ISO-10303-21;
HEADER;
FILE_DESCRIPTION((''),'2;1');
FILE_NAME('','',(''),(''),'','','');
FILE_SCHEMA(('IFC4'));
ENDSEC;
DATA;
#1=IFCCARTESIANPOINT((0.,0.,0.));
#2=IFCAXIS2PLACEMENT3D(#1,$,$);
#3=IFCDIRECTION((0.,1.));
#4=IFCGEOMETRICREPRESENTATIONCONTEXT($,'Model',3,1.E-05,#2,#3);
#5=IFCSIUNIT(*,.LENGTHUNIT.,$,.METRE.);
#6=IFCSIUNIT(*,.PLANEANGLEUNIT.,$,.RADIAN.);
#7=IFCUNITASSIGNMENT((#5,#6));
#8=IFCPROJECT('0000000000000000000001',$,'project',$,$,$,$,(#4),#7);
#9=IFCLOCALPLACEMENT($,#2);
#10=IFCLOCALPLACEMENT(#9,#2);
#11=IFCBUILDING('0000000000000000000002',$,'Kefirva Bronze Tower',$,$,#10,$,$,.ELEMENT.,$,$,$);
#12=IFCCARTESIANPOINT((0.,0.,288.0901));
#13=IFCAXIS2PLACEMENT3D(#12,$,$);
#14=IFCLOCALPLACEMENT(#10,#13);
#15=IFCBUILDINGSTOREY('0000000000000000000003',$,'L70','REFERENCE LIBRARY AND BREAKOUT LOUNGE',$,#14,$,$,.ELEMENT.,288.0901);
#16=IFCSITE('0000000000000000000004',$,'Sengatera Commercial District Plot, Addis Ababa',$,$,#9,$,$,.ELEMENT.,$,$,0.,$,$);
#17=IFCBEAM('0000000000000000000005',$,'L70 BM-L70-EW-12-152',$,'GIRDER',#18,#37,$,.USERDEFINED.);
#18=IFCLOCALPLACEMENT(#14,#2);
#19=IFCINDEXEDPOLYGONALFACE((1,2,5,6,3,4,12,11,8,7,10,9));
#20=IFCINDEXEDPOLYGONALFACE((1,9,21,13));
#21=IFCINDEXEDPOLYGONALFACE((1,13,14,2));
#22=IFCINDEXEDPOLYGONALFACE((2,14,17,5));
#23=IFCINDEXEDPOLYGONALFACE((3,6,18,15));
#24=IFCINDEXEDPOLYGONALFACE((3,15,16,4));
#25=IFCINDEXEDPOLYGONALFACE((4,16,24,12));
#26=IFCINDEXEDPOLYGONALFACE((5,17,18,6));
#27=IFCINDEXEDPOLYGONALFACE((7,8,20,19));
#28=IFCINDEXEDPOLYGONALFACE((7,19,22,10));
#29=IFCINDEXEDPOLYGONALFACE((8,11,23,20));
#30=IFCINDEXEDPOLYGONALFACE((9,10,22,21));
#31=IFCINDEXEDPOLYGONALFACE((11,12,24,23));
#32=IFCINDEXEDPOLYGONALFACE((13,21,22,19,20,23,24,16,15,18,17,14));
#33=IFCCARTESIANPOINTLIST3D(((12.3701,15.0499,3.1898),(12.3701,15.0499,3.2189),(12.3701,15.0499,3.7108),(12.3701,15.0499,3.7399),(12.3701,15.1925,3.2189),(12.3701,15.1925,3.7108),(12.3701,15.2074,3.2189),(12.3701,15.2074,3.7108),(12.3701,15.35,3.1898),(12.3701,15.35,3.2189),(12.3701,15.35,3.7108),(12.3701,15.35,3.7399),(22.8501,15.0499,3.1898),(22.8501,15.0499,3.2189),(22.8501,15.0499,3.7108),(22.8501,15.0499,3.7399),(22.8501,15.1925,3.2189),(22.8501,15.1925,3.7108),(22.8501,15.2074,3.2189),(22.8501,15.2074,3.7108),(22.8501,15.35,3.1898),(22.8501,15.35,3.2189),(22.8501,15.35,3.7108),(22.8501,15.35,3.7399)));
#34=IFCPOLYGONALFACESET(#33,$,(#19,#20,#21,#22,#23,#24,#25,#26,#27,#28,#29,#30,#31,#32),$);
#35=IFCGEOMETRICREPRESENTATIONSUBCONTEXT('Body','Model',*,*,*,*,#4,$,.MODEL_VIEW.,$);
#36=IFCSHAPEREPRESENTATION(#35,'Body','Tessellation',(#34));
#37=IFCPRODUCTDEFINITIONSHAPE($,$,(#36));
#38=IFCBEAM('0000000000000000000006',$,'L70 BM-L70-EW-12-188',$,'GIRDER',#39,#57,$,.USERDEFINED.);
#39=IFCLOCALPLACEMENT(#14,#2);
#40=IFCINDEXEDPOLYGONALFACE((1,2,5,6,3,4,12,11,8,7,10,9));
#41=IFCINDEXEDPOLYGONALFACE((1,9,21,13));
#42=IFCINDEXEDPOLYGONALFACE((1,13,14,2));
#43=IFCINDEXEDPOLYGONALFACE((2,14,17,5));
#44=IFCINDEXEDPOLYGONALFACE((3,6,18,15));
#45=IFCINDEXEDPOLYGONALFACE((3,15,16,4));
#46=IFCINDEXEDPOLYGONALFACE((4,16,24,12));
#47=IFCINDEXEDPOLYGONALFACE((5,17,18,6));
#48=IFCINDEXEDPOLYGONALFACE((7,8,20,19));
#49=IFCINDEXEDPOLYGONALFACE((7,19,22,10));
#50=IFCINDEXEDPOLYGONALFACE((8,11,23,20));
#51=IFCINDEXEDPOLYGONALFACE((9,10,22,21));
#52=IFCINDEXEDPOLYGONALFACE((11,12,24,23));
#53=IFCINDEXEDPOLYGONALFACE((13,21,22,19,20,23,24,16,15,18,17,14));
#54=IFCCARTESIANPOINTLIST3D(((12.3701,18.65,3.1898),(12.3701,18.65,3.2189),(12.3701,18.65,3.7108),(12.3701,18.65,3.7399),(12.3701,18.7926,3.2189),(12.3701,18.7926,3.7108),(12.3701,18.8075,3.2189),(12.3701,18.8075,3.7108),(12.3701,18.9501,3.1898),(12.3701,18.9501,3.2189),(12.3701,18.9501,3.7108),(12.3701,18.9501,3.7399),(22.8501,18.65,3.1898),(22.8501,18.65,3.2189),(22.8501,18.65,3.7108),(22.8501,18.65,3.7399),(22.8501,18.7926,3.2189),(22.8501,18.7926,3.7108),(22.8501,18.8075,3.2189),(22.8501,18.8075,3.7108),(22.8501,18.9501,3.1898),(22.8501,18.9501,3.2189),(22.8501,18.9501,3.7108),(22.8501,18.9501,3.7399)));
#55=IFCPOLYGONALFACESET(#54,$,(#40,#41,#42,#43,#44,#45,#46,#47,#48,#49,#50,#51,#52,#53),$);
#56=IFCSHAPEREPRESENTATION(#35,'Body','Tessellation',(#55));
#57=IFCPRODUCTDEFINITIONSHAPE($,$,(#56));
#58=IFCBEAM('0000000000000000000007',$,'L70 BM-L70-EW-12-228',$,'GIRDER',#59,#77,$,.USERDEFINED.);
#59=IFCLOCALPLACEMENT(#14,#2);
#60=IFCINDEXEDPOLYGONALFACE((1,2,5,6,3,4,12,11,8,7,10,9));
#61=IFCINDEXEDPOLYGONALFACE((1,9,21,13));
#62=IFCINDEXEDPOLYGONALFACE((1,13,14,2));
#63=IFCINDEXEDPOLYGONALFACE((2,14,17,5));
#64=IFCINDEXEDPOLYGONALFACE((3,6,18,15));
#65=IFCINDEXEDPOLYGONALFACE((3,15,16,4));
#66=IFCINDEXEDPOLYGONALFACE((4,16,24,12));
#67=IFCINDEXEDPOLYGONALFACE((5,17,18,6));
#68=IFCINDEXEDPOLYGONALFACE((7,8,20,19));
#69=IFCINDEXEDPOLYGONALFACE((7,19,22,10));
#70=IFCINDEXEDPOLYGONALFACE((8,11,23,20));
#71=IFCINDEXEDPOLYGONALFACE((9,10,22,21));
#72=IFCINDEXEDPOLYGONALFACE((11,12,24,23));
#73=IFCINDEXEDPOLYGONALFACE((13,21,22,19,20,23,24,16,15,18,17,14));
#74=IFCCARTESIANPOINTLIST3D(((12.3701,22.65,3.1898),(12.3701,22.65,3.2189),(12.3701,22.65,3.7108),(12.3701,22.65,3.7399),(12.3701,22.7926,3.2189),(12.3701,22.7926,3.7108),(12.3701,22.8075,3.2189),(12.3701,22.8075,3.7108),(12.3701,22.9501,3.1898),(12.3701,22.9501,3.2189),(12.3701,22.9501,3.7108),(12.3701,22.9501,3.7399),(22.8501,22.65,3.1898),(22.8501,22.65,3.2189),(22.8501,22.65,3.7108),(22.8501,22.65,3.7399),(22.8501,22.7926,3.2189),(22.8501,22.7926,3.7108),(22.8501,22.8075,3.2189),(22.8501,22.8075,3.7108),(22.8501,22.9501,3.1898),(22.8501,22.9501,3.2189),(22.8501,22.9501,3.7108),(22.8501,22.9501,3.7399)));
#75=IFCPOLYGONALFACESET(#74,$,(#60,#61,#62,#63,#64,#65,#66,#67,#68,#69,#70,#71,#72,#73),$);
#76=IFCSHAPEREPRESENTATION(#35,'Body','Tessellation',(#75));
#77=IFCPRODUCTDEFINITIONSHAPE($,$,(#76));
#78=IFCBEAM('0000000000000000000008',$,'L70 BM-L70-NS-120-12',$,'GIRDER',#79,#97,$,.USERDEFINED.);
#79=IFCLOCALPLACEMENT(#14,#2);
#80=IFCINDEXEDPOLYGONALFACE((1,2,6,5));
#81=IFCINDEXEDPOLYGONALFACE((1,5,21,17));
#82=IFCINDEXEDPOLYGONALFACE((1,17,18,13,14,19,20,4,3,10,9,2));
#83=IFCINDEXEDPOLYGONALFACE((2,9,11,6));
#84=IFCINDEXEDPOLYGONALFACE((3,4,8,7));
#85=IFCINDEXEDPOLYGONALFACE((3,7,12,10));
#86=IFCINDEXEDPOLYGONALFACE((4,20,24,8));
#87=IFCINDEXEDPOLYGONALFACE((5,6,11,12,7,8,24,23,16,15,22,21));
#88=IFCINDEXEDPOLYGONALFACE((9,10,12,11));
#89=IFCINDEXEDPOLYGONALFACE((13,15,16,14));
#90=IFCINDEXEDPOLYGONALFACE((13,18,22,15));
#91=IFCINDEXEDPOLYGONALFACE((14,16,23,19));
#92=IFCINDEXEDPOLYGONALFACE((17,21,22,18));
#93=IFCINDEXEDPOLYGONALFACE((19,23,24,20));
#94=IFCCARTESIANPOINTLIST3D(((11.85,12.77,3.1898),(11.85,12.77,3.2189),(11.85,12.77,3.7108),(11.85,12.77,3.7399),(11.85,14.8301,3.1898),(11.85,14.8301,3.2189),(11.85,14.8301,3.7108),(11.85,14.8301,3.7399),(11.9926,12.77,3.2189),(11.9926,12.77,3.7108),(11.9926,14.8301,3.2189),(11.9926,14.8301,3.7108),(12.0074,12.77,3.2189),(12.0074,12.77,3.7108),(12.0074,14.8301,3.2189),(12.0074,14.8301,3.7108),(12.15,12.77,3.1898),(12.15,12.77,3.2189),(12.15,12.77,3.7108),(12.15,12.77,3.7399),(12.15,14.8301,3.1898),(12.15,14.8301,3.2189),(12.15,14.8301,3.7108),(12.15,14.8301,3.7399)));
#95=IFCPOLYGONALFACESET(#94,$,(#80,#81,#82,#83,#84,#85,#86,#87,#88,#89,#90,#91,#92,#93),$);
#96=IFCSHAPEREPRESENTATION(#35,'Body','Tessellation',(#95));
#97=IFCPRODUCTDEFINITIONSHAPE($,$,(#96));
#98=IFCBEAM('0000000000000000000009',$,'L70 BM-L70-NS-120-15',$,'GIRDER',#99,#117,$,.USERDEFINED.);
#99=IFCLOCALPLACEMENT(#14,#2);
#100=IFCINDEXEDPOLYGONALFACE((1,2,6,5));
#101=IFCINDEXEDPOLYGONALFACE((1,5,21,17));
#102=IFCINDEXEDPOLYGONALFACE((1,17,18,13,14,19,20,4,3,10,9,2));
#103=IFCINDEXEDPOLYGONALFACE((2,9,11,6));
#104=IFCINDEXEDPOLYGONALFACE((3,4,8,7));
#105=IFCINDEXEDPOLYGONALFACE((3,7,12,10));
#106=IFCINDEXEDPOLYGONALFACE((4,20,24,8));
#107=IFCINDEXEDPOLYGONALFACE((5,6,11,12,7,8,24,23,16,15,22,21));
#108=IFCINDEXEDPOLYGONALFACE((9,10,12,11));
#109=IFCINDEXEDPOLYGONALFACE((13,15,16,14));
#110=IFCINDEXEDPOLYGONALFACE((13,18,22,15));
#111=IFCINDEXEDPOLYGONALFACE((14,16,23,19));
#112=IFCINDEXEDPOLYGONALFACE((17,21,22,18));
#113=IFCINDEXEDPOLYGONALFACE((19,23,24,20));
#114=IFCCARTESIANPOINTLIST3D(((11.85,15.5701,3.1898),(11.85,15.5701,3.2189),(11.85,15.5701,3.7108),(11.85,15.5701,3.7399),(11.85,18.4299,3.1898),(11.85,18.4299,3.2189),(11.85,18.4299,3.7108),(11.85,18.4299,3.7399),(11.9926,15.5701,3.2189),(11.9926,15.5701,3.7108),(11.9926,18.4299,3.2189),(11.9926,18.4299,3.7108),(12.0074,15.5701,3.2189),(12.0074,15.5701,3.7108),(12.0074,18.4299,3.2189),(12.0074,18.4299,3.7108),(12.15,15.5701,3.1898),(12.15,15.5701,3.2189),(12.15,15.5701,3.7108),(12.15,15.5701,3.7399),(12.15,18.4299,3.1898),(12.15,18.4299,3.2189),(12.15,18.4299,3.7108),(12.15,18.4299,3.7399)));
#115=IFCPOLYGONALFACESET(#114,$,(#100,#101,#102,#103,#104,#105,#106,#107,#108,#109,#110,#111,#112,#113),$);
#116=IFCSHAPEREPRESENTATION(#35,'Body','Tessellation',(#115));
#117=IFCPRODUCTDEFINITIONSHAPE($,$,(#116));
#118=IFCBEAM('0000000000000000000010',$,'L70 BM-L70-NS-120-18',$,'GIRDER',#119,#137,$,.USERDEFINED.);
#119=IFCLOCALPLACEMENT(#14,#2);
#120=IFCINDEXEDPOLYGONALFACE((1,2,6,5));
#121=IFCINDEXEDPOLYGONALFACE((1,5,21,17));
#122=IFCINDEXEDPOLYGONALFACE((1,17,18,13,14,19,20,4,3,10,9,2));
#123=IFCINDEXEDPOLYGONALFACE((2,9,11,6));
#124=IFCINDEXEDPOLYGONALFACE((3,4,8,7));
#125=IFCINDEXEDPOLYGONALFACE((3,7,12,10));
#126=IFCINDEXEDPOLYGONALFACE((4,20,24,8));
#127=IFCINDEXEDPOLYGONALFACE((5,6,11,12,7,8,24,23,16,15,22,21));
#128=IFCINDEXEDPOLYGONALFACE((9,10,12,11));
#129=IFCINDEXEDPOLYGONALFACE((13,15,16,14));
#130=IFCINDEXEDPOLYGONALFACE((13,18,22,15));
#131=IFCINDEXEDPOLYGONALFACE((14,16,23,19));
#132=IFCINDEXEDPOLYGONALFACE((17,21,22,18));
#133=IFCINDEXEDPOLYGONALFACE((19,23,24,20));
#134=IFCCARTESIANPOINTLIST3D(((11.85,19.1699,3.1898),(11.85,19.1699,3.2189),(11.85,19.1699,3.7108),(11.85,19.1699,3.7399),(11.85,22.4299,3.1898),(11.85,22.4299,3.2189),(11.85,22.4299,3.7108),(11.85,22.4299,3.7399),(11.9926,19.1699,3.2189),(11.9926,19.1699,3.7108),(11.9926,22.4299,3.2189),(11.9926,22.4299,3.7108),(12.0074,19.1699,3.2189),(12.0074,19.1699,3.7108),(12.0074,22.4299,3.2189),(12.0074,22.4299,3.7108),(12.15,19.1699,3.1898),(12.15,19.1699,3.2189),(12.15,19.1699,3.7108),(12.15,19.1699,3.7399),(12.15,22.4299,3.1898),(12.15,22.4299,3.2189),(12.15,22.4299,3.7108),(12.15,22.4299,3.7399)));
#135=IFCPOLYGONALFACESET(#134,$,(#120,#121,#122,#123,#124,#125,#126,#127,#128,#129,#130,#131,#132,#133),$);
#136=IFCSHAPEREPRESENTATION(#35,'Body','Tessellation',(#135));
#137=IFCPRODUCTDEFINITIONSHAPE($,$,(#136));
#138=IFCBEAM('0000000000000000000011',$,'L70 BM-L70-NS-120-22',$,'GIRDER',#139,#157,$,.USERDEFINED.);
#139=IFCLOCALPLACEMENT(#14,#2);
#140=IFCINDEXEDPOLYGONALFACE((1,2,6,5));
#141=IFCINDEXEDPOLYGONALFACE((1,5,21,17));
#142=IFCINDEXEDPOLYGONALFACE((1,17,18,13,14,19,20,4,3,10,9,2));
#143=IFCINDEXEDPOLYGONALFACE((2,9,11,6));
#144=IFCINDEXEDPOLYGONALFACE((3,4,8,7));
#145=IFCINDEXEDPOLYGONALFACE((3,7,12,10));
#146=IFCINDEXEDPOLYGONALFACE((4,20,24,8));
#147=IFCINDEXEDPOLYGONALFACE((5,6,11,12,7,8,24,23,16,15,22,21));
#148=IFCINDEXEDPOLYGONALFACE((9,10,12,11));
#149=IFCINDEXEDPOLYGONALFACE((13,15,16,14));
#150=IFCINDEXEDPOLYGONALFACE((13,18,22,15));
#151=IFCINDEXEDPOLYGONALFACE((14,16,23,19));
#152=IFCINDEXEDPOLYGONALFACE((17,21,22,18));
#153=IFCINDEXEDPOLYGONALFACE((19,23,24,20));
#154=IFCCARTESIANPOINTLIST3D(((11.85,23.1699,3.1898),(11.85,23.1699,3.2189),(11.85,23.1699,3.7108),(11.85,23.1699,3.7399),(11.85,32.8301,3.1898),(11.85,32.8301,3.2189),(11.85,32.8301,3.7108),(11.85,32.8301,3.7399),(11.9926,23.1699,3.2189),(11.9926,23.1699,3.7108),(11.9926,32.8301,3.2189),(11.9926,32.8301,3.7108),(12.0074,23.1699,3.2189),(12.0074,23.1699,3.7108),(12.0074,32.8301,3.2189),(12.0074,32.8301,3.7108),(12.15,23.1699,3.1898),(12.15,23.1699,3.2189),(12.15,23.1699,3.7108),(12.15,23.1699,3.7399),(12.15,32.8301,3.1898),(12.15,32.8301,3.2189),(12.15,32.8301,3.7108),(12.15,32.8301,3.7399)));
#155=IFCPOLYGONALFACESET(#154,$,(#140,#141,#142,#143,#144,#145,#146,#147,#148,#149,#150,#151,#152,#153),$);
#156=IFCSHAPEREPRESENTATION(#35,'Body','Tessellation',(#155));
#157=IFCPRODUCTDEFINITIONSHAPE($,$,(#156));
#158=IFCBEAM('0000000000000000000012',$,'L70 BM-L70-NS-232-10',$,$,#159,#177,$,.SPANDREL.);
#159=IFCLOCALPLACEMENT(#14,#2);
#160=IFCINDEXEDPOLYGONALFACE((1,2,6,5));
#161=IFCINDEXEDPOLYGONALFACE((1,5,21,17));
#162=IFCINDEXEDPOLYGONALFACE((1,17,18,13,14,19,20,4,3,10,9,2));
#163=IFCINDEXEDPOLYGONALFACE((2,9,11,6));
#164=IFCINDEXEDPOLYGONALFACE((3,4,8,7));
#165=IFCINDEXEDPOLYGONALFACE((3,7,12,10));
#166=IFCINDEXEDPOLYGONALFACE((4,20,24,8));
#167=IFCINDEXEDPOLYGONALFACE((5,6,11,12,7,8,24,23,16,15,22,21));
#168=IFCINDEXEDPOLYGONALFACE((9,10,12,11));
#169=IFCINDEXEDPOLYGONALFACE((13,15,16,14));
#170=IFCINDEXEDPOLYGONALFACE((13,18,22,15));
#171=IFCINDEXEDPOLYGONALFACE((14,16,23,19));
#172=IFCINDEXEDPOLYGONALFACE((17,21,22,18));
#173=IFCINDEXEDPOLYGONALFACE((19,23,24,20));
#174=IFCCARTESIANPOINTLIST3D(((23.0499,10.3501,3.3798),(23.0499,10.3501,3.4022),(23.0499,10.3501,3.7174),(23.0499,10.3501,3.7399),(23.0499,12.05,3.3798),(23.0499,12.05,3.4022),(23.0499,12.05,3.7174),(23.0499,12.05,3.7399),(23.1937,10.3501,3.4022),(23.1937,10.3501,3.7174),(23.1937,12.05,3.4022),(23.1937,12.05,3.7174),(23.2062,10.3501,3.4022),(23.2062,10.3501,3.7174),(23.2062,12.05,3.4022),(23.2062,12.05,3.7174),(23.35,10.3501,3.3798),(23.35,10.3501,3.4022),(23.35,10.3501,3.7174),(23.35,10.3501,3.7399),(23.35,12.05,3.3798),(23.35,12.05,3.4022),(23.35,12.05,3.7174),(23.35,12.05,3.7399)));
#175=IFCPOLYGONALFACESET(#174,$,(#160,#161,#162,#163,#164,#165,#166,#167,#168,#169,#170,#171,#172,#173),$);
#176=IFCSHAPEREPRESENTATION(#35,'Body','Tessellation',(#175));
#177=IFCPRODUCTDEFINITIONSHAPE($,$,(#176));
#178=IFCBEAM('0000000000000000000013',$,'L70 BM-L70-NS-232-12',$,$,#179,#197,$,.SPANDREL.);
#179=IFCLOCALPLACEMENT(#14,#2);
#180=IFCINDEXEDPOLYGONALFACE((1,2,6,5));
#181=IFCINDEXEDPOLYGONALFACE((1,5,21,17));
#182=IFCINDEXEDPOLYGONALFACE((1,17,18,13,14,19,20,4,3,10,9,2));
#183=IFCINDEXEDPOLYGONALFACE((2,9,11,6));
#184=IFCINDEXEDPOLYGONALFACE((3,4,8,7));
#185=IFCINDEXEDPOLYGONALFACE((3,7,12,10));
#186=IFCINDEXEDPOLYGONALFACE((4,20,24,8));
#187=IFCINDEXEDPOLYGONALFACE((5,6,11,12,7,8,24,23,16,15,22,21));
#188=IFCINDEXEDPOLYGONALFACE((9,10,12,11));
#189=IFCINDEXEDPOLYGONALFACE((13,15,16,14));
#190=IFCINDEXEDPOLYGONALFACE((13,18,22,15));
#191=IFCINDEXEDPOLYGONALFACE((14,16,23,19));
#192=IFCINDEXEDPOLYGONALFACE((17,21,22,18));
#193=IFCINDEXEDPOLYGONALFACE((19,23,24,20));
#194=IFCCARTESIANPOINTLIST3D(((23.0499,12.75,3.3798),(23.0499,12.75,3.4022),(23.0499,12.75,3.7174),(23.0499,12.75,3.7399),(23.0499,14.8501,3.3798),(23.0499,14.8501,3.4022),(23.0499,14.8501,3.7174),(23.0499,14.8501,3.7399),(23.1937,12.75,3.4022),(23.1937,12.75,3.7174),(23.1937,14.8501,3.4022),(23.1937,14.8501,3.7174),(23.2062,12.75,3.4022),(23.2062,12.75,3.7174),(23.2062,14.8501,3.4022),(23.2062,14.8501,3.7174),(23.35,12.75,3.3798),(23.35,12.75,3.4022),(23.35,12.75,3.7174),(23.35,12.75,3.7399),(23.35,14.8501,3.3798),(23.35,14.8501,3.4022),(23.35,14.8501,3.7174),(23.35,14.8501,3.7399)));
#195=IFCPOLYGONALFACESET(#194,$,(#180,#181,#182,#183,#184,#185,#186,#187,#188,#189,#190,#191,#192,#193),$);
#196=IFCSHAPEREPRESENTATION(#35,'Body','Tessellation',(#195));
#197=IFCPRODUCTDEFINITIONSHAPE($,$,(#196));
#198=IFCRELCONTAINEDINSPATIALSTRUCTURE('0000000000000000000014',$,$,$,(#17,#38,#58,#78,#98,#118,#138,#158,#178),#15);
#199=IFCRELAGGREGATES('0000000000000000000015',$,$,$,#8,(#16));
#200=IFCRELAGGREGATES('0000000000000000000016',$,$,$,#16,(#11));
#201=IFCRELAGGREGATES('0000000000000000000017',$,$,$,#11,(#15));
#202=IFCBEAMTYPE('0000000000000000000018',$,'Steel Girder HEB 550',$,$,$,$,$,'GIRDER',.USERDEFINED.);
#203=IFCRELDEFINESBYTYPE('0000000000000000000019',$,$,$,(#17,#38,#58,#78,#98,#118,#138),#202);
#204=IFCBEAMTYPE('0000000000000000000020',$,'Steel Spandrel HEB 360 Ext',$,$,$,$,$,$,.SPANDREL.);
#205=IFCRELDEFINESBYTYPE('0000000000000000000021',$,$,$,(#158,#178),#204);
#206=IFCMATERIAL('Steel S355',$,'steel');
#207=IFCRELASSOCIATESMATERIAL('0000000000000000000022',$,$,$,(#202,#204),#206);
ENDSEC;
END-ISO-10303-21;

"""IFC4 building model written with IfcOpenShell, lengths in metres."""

from ifc_helpers import new_model, si_unit, direction, frame, origin, origin_2d, place, context, subcontext, project, spatial, i_section, extrude, material, material_profile, profile_set, type_object, element, save


model = new_model("IFC4")

# Units and contexts
model_context = context("Model", 3, precision=1e-05, world=origin(), true_north=direction((0.0, 1.0)))
body_context = subcontext(model_context, "Body", "Model", "MODEL_VIEW")
ifc_project = project(units=[si_unit("LENGTHUNIT", "METRE"), si_unit("PLANEANGLEUNIT", "RADIAN")], contexts=[model_context])

# Site, building, storey
site_placement = place(None, origin())
site = spatial("IfcSite", under=ifc_project, at=site_placement, Name="Sengatera Commercial District Plot, Addis Ababa", CompositionType="ELEMENT", RefElevation=0.0)
building_placement = place(site_placement, origin())
building = spatial("IfcBuilding", under=site, at=building_placement, Name="Kefirva Bronze Tower", CompositionType="ELEMENT")
storey_placement = place(building_placement, frame((0.0, 0.0, 288.0901)))
storey = spatial("IfcBuildingStorey", under=building, at=storey_placement, Name="L70", Description="REFERENCE LIBRARY AND BREAKOUT LOUNGE", CompositionType="ELEMENT", Elevation=288.0901)

# Beams
ifc_material_1 = material(Name="Steel S355", Category="steel")
ifc_material_profile_1 = material_profile(ifc_material_1, i_section(OverallWidth=0.3, OverallDepth=0.55, WebThickness=0.0149, FlangeThickness=0.0291, at=origin_2d()), Name="HEB 550")
ifc_profile_set_1 = profile_set([ifc_material_profile_1], Name="Steel S355")
beam_type_1 = type_object("IfcBeamType", Name="Steel Girder HEB 550", ElementType="GIRDER", PredefinedType="USERDEFINED", material=ifc_profile_set_1)
for number, where, z_axis, x_axis, name in (
    (1, (12.3701, 15.2, 3.4648), (1.0, 0.0, 0.0), (0.0, 1.0, 0.0), "L70 BM-L70-EW-12-152"),
    (2, (12.3701, 18.8, 3.4648), (1.0, 0.0, 0.0), (0.0, 1.0, 0.0), "L70 BM-L70-EW-12-188"),
    (3, (12.3701, 22.8, 3.4648), (1.0, 0.0, 0.0), (0.0, 1.0, 0.0), "L70 BM-L70-EW-12-228"),
):
    element("IfcBeam", number, at=place(storey_placement, frame(where, z_axis=z_axis, x_axis=x_axis)), inside=storey, type_object=beam_type_1, Name=name, ObjectType="GIRDER", PredefinedType="USERDEFINED", context=body_context, shape_type="SweptSolid", body=[
        extrude(i_section(OverallWidth=0.3, OverallDepth=0.55, WebThickness=0.0149, FlangeThickness=0.0291, at=origin_2d()), origin(), (0.0, 0.0, 1.0), 10.48),
    ])
beam_1_placement = place(storey_placement, frame((12.0, 12.77, 3.4648), z_axis=(0.0, 1.0, 0.0), x_axis=(-1.0, 0.0, 0.0)))
element("IfcBeam", 4, at=beam_1_placement, inside=storey, type_object=beam_type_1, Name="L70 BM-L70-NS-120-12", ObjectType="GIRDER", PredefinedType="USERDEFINED", context=body_context, shape_type="SweptSolid", body=[
    extrude(i_section(OverallWidth=0.3, OverallDepth=0.55, WebThickness=0.0149, FlangeThickness=0.0291, at=origin_2d()), origin(), (0.0, 0.0, 1.0), 2.0601),
])
beam_2_placement = place(storey_placement, frame((12.0, 15.5701, 3.4648), z_axis=(0.0, 1.0, 0.0), x_axis=(-1.0, 0.0, 0.0)))
element("IfcBeam", 5, at=beam_2_placement, inside=storey, type_object=beam_type_1, Name="L70 BM-L70-NS-120-15", ObjectType="GIRDER", PredefinedType="USERDEFINED", context=body_context, shape_type="SweptSolid", body=[
    extrude(i_section(OverallWidth=0.3, OverallDepth=0.55, WebThickness=0.0149, FlangeThickness=0.0291, at=origin_2d()), origin(), (0.0, 0.0, 1.0), 2.8599),
])
beam_3_placement = place(storey_placement, frame((12.0, 19.1699, 3.4648), z_axis=(0.0, 1.0, 0.0), x_axis=(-1.0, 0.0, 0.0)))
element("IfcBeam", 6, at=beam_3_placement, inside=storey, type_object=beam_type_1, Name="L70 BM-L70-NS-120-18", ObjectType="GIRDER", PredefinedType="USERDEFINED", context=body_context, shape_type="SweptSolid", body=[
    extrude(i_section(OverallWidth=0.3, OverallDepth=0.55, WebThickness=0.0149, FlangeThickness=0.0291, at=origin_2d()), origin(), (0.0, 0.0, 1.0), 3.26),
])
beam_4_placement = place(storey_placement, frame((12.0, 23.1699, 3.4648), z_axis=(0.0, 1.0, 0.0), x_axis=(-1.0, 0.0, 0.0)))
element("IfcBeam", 7, at=beam_4_placement, inside=storey, type_object=beam_type_1, Name="L70 BM-L70-NS-120-22", ObjectType="GIRDER", PredefinedType="USERDEFINED", context=body_context, shape_type="SweptSolid", body=[
    extrude(i_section(OverallWidth=0.3, OverallDepth=0.55, WebThickness=0.0149, FlangeThickness=0.0291, at=origin_2d()), origin(), (0.0, 0.0, 1.0), 9.6602),
])
ifc_material_profile_2 = material_profile(ifc_material_1, i_section(OverallWidth=0.3, OverallDepth=0.3601, WebThickness=0.0125, FlangeThickness=0.0225, at=origin_2d()), Name="HEB 360")
ifc_profile_set_2 = profile_set([ifc_material_profile_2], Name="Steel S355")
beam_type_2 = type_object("IfcBeamType", Name="Steel Spandrel HEB 360 Ext", PredefinedType="SPANDREL", material=ifc_profile_set_2)
beam_5_placement = place(storey_placement, frame((23.2, 10.3501, 3.5598), z_axis=(0.0, 1.0, 0.0), x_axis=(-1.0, 0.0, 0.0)))
element("IfcBeam", 8, at=beam_5_placement, inside=storey, type_object=beam_type_2, Name="L70 BM-L70-NS-232-10", PredefinedType="SPANDREL", context=body_context, shape_type="SweptSolid", body=[
    extrude(i_section(OverallWidth=0.3, OverallDepth=0.3601, WebThickness=0.0125, FlangeThickness=0.0225, at=origin_2d()), origin(), (0.0, 0.0, 1.0), 1.7),
])
beam_6_placement = place(storey_placement, frame((23.2, 12.75, 3.5598), z_axis=(0.0, 1.0, 0.0), x_axis=(-1.0, 0.0, 0.0)))
element("IfcBeam", 9, at=beam_6_placement, inside=storey, type_object=beam_type_2, Name="L70 BM-L70-NS-232-12", PredefinedType="SPANDREL", context=body_context, shape_type="SweptSolid", body=[
    extrude(i_section(OverallWidth=0.3, OverallDepth=0.3601, WebThickness=0.0125, FlangeThickness=0.0225, at=origin_2d()), origin(), (0.0, 0.0, 1.0), 2.1001),
])

save(model, "model.ifc")
